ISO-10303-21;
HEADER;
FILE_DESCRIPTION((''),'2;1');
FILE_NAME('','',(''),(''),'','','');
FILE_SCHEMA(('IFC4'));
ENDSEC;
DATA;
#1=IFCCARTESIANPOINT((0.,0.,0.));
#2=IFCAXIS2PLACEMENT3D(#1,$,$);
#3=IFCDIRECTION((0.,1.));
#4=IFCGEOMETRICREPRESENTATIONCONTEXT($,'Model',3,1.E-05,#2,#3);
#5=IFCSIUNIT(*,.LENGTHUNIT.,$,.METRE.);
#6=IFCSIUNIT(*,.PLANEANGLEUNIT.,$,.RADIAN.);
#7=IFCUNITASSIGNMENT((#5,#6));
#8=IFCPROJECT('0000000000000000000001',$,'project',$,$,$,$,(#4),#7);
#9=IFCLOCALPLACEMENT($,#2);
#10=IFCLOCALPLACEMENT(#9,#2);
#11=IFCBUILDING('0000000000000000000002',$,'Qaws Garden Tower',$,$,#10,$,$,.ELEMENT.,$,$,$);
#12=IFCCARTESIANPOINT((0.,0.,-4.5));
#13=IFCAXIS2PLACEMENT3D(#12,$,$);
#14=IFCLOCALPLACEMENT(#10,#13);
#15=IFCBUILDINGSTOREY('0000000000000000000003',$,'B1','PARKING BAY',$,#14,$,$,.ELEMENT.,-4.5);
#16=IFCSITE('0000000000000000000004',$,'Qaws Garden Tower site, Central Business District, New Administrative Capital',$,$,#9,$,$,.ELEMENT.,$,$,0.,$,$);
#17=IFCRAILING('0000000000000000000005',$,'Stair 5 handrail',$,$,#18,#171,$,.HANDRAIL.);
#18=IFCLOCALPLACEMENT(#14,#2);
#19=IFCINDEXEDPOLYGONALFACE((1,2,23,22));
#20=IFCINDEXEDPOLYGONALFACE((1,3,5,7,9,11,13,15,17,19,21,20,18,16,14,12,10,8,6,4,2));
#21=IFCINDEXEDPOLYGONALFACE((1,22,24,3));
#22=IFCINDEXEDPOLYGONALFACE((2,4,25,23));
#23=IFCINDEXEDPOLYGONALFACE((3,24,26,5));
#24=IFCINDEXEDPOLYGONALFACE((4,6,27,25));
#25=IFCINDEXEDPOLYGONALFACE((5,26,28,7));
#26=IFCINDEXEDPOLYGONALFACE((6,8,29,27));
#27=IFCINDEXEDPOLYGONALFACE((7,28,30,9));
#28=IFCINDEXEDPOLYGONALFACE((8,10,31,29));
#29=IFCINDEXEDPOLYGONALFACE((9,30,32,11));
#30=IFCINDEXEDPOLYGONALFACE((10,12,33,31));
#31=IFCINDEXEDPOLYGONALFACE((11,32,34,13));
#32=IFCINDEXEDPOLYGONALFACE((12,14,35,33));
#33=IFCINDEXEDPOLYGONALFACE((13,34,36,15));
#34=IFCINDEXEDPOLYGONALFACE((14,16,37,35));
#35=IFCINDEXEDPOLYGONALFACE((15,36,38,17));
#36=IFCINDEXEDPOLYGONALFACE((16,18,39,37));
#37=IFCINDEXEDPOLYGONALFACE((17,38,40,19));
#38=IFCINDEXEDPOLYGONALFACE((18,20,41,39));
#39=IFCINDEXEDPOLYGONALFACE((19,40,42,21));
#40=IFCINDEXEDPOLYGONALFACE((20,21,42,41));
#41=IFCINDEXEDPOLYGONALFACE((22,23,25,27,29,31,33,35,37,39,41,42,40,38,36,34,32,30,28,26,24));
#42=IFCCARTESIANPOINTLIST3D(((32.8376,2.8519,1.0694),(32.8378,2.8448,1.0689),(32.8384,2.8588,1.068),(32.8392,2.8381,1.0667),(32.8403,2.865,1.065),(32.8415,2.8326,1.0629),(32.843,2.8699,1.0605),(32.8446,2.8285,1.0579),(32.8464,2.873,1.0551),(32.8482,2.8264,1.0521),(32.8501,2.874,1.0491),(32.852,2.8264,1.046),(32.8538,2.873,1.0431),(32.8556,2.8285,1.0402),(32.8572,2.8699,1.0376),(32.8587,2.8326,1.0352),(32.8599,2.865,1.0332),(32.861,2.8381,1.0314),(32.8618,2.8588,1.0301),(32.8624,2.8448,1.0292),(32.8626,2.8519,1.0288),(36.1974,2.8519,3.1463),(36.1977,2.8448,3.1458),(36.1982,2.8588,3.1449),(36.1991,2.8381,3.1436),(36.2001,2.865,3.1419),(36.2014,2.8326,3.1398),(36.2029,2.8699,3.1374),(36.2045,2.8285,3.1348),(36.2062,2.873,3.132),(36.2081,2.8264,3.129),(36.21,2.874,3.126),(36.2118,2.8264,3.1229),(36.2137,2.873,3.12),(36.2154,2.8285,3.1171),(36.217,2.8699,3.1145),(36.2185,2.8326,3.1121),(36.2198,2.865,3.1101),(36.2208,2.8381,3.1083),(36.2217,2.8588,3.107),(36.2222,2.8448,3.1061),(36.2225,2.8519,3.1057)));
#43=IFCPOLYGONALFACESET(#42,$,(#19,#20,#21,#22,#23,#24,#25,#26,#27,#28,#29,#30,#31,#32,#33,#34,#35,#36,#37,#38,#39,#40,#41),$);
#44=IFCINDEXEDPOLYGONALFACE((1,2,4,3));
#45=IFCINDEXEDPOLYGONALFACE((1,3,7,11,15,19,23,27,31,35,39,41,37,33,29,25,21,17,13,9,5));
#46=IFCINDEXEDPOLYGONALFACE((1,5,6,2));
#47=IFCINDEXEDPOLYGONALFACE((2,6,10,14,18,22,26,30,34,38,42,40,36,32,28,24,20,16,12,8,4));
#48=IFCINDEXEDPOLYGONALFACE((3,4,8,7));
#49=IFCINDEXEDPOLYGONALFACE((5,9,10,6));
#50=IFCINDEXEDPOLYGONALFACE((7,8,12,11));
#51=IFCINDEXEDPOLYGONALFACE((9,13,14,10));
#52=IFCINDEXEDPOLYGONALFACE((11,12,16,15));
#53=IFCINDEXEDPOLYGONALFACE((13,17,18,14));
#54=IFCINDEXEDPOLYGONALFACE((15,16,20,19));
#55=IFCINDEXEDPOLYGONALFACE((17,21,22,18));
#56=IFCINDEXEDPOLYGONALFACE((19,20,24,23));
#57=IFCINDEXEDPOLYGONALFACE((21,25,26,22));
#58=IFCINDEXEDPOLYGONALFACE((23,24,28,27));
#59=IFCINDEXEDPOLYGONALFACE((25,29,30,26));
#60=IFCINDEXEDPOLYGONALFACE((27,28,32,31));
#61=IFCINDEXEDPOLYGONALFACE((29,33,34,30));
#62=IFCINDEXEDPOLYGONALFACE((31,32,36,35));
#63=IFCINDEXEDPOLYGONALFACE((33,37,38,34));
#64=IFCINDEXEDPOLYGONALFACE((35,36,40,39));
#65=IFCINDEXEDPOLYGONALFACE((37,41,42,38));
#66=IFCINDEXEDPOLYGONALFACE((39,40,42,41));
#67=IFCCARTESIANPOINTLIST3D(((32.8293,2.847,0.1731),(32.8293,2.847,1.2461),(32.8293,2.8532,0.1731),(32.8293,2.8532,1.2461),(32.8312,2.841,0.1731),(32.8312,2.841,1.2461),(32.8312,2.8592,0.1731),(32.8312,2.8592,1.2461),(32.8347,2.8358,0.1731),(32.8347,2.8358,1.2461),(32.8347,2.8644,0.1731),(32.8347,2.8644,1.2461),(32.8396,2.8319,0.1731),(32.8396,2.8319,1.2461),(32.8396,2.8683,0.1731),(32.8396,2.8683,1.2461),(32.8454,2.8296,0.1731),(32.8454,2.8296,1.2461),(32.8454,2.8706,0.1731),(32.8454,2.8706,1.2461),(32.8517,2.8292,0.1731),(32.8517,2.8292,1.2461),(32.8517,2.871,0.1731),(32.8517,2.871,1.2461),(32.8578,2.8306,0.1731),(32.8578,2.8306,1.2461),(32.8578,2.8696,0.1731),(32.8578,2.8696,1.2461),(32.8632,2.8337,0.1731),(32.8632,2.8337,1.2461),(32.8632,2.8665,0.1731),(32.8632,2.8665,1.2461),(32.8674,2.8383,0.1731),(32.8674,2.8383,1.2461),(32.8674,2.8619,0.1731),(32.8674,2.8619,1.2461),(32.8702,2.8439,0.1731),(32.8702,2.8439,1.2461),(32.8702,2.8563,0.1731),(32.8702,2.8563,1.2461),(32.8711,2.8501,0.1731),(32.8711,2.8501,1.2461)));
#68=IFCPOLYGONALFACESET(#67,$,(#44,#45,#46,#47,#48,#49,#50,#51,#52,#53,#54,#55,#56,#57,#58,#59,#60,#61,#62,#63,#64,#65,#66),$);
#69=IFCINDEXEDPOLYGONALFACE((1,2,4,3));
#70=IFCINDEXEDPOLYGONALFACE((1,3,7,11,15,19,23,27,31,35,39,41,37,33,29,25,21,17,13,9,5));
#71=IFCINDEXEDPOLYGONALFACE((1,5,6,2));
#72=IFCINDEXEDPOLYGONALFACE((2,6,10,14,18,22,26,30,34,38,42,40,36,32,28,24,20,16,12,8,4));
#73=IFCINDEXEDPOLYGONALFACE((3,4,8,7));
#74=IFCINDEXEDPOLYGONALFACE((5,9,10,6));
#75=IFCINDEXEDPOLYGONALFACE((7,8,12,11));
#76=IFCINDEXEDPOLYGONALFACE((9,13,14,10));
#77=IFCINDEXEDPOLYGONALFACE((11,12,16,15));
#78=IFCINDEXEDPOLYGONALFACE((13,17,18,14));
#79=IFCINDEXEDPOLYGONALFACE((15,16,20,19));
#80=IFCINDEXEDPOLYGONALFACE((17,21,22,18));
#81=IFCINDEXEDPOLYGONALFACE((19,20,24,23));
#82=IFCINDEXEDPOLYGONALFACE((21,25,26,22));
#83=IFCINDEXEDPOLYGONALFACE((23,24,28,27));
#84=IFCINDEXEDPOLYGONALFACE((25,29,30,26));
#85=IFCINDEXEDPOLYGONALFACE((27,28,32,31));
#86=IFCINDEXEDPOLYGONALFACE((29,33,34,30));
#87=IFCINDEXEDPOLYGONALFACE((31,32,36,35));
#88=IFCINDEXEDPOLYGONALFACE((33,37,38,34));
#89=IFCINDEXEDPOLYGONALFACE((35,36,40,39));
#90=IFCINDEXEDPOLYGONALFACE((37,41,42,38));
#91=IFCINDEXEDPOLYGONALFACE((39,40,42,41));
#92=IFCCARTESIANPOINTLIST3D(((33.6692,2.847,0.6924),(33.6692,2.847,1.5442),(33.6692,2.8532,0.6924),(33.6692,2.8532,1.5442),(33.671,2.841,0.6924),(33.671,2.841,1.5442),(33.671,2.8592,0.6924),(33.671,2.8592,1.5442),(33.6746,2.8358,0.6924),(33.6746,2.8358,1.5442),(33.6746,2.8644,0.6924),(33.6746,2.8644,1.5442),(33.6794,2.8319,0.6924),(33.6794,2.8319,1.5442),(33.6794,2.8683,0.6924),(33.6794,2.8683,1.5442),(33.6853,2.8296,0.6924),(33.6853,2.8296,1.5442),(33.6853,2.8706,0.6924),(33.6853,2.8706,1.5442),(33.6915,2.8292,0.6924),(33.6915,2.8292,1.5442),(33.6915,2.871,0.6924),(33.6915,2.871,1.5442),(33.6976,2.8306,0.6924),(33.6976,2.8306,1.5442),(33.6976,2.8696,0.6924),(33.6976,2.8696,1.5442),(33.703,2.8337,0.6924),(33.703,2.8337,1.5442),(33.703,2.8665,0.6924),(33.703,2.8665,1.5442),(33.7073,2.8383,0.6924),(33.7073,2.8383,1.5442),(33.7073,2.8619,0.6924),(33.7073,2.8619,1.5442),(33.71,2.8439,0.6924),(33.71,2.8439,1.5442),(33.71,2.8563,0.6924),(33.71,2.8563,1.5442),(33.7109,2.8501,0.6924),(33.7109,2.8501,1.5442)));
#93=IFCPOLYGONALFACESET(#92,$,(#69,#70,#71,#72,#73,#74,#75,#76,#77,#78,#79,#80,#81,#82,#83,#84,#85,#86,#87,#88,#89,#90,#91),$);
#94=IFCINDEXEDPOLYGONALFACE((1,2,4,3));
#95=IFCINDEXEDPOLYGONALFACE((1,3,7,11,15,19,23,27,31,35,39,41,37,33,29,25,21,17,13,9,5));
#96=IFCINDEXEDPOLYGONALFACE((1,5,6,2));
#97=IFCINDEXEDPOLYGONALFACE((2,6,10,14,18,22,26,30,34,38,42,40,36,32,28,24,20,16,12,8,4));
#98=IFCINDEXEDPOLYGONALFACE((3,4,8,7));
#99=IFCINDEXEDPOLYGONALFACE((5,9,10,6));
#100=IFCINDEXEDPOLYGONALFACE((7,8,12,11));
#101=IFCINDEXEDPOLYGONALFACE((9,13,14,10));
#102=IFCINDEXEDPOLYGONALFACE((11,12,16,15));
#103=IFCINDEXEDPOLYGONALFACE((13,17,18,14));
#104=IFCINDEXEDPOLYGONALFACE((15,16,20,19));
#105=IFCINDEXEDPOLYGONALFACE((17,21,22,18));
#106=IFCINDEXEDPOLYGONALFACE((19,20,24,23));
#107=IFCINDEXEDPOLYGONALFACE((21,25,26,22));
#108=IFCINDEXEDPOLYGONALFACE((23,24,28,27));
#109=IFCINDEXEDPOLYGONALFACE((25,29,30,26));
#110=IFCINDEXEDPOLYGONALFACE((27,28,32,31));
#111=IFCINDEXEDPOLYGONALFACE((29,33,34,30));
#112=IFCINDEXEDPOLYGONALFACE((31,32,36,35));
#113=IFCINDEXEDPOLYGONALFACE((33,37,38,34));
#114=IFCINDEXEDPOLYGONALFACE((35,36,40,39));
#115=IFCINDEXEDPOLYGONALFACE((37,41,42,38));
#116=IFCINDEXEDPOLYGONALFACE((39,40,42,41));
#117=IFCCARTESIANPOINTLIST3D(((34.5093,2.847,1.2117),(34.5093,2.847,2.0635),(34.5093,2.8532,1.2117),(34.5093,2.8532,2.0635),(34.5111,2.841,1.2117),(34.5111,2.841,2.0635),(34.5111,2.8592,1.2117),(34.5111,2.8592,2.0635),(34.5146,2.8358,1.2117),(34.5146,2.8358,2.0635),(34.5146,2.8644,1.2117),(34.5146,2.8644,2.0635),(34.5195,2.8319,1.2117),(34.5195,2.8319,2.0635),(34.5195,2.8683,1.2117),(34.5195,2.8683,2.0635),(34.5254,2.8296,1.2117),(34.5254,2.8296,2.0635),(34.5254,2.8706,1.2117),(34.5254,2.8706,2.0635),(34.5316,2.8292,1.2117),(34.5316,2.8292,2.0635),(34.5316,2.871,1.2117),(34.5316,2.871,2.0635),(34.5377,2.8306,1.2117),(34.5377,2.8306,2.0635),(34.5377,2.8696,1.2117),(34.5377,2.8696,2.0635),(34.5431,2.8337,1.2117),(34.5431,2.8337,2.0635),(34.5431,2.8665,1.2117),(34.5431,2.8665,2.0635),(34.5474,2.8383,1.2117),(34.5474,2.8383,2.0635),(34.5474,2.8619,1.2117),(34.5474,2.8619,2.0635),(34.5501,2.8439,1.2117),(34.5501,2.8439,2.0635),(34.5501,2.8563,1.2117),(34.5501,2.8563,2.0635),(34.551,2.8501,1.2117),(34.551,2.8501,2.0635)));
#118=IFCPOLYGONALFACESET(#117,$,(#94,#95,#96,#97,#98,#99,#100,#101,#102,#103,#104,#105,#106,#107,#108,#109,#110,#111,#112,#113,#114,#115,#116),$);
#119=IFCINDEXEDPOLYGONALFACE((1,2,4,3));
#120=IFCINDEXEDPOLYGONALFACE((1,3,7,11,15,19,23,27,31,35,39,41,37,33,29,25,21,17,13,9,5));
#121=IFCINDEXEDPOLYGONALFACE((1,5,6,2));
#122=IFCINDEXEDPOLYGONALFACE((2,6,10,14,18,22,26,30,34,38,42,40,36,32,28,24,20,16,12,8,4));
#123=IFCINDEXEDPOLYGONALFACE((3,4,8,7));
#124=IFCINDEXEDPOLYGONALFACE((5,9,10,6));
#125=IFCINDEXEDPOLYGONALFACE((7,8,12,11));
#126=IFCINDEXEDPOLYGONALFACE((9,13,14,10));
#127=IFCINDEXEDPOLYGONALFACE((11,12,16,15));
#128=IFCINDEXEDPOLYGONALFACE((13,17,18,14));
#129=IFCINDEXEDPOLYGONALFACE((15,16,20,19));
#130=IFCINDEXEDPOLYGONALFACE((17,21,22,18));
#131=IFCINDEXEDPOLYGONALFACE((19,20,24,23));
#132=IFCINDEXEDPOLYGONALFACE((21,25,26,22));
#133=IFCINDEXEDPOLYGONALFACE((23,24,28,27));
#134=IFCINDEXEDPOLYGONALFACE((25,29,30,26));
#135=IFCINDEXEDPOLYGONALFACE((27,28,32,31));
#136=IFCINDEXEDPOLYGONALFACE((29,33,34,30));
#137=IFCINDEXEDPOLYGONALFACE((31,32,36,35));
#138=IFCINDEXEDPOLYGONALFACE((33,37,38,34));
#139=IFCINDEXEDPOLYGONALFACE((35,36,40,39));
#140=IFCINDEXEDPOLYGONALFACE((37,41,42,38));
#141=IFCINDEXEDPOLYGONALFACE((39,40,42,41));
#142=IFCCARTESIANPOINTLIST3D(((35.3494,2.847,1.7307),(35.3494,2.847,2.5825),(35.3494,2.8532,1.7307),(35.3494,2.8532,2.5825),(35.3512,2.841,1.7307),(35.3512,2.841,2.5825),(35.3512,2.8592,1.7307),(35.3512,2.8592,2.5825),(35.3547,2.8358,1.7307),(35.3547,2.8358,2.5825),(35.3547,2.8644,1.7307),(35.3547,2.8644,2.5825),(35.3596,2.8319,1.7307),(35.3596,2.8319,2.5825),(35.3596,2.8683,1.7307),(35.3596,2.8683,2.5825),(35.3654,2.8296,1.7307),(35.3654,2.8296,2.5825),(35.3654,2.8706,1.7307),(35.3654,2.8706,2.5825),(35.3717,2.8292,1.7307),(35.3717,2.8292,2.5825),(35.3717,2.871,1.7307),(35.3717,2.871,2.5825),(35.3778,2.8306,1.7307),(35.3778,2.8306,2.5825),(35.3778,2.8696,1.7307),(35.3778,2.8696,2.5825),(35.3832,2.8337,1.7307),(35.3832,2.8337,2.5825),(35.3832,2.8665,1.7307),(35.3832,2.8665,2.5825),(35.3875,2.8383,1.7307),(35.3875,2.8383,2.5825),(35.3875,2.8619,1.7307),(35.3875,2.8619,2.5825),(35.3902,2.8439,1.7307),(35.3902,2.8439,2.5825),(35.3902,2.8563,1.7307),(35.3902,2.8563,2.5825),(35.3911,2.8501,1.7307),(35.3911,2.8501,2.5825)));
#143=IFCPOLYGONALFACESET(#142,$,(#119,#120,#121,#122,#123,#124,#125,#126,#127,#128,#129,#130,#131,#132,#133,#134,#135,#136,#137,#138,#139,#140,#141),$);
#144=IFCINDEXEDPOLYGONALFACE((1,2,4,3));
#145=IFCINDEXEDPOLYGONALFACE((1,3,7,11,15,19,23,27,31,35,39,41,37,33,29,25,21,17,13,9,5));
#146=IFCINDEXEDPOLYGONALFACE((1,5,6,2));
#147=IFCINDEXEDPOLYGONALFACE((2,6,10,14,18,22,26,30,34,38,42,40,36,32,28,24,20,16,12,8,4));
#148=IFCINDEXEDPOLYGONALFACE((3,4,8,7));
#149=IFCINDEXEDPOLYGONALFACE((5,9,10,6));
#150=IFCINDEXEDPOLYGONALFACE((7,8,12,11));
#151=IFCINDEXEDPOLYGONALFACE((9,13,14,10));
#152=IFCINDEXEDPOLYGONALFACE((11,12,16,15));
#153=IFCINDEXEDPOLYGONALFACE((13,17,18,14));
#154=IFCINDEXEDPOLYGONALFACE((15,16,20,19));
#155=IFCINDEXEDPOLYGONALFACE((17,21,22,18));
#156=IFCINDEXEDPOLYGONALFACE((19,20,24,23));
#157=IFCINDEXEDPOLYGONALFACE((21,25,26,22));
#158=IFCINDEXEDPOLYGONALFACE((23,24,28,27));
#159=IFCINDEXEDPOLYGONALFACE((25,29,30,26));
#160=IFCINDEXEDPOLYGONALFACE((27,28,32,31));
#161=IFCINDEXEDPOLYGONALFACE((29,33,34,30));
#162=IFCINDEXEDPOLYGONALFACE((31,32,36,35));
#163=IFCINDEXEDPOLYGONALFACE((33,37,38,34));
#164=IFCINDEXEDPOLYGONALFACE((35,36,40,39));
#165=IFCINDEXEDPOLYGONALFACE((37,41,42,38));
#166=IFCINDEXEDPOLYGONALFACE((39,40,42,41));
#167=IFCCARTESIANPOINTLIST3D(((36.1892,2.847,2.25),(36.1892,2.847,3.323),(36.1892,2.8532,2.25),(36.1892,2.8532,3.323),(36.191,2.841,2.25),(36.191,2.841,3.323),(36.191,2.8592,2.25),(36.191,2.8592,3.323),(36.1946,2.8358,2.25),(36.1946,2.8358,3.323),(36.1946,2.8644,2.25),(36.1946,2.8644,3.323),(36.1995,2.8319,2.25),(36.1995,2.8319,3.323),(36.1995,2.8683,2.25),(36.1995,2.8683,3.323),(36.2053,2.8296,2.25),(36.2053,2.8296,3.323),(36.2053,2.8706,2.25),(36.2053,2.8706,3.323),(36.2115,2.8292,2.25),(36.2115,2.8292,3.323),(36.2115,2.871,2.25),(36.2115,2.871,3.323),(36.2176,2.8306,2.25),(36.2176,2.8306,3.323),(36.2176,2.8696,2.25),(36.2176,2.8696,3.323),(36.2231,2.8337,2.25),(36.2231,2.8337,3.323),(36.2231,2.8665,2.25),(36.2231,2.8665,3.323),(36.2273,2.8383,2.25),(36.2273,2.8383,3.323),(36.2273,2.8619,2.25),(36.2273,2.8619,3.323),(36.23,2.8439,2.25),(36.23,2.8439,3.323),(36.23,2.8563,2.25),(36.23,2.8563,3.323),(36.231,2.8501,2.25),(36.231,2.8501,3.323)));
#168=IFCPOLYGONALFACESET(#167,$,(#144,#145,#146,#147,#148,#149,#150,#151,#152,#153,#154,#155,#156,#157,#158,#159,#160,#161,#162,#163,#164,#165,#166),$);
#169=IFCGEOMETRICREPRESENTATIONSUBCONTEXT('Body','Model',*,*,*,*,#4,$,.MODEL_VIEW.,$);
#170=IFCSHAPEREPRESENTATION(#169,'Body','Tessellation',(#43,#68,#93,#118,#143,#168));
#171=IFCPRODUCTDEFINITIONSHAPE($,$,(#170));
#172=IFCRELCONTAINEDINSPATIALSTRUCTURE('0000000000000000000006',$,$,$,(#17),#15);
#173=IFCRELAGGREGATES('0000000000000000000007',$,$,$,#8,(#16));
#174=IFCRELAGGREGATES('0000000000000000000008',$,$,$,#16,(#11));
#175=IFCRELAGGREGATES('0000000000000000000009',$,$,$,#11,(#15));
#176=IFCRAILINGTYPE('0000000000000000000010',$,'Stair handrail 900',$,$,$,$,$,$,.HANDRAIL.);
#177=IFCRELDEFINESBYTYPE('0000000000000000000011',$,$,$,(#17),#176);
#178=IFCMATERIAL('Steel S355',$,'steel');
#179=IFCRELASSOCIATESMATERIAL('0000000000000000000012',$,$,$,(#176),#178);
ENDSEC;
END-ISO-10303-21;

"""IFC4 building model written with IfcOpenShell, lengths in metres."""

from ifc_helpers import new_model, si_unit, direction, frame, origin, origin_2d, place, context, subcontext, project, spatial, circle, extrude, material, type_object, element, save


model = new_model("IFC4")

# Units and contexts
model_context = context("Model", 3, precision=1e-05, world=origin(), true_north=direction((0.0, 1.0)))
body_context = subcontext(model_context, "Body", "Model", "MODEL_VIEW")
ifc_project = project(units=[si_unit("LENGTHUNIT", "METRE"), si_unit("PLANEANGLEUNIT", "RADIAN")], contexts=[model_context])

# Site, building, storey
site_placement = place(None, origin())
site = spatial("IfcSite", under=ifc_project, at=site_placement, Name="Qaws Garden Tower site, Central Business District, New Administrative Capital", CompositionType="ELEMENT", RefElevation=0.0)
building_placement = place(site_placement, origin())
building = spatial("IfcBuilding", under=site, at=building_placement, Name="Qaws Garden Tower", CompositionType="ELEMENT")
storey_placement = place(building_placement, frame((0.0, 0.0, -4.5)))
storey = spatial("IfcBuildingStorey", under=building, at=storey_placement, Name="B1", Description="PARKING BAY", CompositionType="ELEMENT", Elevation=-4.5)

# Railing
ifc_material_1 = material(Name="Steel S355", Category="steel")
railing_type = type_object("IfcRailingType", Name="Stair handrail 900", PredefinedType="HANDRAIL", material=ifc_material_1)
railing_1_placement = place(storey_placement, frame((32.8501, 2.8501, 0.1731)))
element("IfcRailing", 1, at=railing_1_placement, inside=storey, type_object=railing_type, Name="Stair 5 handrail", PredefinedType="HANDRAIL", context=body_context, shape_type="SweptSolid", body=[
    extrude(circle(Radius=0.0239, at=origin_2d()), frame((0.0, 0.0, 0.876), z_axis=(0.850606, 0.0, 0.525803), x_axis=(0.0, 1.0, 0.0)), (0.0, 0.0, 1.0), 3.95),
    extrude(circle(Radius=0.021, at=origin_2d()), origin(), (0.0, 0.0, 1.0), 1.073),
    extrude(circle(Radius=0.021, at=origin_2d()), frame((0.8398, 0.0, 0.5193)), (0.0, 0.0, 1.0), 0.8518),
    extrude(circle(Radius=0.021, at=origin_2d()), frame((1.6799, 0.0, 1.0386)), (0.0, 0.0, 1.0), 0.8518),
    extrude(circle(Radius=0.021, at=origin_2d()), frame((2.52, 0.0, 1.5576)), (0.0, 0.0, 1.0), 0.8518),
    extrude(circle(Radius=0.021, at=origin_2d()), frame((3.3599, 0.0, 2.0769)), (0.0, 0.0, 1.0), 1.073),
])

save(model, "model.ifc")
